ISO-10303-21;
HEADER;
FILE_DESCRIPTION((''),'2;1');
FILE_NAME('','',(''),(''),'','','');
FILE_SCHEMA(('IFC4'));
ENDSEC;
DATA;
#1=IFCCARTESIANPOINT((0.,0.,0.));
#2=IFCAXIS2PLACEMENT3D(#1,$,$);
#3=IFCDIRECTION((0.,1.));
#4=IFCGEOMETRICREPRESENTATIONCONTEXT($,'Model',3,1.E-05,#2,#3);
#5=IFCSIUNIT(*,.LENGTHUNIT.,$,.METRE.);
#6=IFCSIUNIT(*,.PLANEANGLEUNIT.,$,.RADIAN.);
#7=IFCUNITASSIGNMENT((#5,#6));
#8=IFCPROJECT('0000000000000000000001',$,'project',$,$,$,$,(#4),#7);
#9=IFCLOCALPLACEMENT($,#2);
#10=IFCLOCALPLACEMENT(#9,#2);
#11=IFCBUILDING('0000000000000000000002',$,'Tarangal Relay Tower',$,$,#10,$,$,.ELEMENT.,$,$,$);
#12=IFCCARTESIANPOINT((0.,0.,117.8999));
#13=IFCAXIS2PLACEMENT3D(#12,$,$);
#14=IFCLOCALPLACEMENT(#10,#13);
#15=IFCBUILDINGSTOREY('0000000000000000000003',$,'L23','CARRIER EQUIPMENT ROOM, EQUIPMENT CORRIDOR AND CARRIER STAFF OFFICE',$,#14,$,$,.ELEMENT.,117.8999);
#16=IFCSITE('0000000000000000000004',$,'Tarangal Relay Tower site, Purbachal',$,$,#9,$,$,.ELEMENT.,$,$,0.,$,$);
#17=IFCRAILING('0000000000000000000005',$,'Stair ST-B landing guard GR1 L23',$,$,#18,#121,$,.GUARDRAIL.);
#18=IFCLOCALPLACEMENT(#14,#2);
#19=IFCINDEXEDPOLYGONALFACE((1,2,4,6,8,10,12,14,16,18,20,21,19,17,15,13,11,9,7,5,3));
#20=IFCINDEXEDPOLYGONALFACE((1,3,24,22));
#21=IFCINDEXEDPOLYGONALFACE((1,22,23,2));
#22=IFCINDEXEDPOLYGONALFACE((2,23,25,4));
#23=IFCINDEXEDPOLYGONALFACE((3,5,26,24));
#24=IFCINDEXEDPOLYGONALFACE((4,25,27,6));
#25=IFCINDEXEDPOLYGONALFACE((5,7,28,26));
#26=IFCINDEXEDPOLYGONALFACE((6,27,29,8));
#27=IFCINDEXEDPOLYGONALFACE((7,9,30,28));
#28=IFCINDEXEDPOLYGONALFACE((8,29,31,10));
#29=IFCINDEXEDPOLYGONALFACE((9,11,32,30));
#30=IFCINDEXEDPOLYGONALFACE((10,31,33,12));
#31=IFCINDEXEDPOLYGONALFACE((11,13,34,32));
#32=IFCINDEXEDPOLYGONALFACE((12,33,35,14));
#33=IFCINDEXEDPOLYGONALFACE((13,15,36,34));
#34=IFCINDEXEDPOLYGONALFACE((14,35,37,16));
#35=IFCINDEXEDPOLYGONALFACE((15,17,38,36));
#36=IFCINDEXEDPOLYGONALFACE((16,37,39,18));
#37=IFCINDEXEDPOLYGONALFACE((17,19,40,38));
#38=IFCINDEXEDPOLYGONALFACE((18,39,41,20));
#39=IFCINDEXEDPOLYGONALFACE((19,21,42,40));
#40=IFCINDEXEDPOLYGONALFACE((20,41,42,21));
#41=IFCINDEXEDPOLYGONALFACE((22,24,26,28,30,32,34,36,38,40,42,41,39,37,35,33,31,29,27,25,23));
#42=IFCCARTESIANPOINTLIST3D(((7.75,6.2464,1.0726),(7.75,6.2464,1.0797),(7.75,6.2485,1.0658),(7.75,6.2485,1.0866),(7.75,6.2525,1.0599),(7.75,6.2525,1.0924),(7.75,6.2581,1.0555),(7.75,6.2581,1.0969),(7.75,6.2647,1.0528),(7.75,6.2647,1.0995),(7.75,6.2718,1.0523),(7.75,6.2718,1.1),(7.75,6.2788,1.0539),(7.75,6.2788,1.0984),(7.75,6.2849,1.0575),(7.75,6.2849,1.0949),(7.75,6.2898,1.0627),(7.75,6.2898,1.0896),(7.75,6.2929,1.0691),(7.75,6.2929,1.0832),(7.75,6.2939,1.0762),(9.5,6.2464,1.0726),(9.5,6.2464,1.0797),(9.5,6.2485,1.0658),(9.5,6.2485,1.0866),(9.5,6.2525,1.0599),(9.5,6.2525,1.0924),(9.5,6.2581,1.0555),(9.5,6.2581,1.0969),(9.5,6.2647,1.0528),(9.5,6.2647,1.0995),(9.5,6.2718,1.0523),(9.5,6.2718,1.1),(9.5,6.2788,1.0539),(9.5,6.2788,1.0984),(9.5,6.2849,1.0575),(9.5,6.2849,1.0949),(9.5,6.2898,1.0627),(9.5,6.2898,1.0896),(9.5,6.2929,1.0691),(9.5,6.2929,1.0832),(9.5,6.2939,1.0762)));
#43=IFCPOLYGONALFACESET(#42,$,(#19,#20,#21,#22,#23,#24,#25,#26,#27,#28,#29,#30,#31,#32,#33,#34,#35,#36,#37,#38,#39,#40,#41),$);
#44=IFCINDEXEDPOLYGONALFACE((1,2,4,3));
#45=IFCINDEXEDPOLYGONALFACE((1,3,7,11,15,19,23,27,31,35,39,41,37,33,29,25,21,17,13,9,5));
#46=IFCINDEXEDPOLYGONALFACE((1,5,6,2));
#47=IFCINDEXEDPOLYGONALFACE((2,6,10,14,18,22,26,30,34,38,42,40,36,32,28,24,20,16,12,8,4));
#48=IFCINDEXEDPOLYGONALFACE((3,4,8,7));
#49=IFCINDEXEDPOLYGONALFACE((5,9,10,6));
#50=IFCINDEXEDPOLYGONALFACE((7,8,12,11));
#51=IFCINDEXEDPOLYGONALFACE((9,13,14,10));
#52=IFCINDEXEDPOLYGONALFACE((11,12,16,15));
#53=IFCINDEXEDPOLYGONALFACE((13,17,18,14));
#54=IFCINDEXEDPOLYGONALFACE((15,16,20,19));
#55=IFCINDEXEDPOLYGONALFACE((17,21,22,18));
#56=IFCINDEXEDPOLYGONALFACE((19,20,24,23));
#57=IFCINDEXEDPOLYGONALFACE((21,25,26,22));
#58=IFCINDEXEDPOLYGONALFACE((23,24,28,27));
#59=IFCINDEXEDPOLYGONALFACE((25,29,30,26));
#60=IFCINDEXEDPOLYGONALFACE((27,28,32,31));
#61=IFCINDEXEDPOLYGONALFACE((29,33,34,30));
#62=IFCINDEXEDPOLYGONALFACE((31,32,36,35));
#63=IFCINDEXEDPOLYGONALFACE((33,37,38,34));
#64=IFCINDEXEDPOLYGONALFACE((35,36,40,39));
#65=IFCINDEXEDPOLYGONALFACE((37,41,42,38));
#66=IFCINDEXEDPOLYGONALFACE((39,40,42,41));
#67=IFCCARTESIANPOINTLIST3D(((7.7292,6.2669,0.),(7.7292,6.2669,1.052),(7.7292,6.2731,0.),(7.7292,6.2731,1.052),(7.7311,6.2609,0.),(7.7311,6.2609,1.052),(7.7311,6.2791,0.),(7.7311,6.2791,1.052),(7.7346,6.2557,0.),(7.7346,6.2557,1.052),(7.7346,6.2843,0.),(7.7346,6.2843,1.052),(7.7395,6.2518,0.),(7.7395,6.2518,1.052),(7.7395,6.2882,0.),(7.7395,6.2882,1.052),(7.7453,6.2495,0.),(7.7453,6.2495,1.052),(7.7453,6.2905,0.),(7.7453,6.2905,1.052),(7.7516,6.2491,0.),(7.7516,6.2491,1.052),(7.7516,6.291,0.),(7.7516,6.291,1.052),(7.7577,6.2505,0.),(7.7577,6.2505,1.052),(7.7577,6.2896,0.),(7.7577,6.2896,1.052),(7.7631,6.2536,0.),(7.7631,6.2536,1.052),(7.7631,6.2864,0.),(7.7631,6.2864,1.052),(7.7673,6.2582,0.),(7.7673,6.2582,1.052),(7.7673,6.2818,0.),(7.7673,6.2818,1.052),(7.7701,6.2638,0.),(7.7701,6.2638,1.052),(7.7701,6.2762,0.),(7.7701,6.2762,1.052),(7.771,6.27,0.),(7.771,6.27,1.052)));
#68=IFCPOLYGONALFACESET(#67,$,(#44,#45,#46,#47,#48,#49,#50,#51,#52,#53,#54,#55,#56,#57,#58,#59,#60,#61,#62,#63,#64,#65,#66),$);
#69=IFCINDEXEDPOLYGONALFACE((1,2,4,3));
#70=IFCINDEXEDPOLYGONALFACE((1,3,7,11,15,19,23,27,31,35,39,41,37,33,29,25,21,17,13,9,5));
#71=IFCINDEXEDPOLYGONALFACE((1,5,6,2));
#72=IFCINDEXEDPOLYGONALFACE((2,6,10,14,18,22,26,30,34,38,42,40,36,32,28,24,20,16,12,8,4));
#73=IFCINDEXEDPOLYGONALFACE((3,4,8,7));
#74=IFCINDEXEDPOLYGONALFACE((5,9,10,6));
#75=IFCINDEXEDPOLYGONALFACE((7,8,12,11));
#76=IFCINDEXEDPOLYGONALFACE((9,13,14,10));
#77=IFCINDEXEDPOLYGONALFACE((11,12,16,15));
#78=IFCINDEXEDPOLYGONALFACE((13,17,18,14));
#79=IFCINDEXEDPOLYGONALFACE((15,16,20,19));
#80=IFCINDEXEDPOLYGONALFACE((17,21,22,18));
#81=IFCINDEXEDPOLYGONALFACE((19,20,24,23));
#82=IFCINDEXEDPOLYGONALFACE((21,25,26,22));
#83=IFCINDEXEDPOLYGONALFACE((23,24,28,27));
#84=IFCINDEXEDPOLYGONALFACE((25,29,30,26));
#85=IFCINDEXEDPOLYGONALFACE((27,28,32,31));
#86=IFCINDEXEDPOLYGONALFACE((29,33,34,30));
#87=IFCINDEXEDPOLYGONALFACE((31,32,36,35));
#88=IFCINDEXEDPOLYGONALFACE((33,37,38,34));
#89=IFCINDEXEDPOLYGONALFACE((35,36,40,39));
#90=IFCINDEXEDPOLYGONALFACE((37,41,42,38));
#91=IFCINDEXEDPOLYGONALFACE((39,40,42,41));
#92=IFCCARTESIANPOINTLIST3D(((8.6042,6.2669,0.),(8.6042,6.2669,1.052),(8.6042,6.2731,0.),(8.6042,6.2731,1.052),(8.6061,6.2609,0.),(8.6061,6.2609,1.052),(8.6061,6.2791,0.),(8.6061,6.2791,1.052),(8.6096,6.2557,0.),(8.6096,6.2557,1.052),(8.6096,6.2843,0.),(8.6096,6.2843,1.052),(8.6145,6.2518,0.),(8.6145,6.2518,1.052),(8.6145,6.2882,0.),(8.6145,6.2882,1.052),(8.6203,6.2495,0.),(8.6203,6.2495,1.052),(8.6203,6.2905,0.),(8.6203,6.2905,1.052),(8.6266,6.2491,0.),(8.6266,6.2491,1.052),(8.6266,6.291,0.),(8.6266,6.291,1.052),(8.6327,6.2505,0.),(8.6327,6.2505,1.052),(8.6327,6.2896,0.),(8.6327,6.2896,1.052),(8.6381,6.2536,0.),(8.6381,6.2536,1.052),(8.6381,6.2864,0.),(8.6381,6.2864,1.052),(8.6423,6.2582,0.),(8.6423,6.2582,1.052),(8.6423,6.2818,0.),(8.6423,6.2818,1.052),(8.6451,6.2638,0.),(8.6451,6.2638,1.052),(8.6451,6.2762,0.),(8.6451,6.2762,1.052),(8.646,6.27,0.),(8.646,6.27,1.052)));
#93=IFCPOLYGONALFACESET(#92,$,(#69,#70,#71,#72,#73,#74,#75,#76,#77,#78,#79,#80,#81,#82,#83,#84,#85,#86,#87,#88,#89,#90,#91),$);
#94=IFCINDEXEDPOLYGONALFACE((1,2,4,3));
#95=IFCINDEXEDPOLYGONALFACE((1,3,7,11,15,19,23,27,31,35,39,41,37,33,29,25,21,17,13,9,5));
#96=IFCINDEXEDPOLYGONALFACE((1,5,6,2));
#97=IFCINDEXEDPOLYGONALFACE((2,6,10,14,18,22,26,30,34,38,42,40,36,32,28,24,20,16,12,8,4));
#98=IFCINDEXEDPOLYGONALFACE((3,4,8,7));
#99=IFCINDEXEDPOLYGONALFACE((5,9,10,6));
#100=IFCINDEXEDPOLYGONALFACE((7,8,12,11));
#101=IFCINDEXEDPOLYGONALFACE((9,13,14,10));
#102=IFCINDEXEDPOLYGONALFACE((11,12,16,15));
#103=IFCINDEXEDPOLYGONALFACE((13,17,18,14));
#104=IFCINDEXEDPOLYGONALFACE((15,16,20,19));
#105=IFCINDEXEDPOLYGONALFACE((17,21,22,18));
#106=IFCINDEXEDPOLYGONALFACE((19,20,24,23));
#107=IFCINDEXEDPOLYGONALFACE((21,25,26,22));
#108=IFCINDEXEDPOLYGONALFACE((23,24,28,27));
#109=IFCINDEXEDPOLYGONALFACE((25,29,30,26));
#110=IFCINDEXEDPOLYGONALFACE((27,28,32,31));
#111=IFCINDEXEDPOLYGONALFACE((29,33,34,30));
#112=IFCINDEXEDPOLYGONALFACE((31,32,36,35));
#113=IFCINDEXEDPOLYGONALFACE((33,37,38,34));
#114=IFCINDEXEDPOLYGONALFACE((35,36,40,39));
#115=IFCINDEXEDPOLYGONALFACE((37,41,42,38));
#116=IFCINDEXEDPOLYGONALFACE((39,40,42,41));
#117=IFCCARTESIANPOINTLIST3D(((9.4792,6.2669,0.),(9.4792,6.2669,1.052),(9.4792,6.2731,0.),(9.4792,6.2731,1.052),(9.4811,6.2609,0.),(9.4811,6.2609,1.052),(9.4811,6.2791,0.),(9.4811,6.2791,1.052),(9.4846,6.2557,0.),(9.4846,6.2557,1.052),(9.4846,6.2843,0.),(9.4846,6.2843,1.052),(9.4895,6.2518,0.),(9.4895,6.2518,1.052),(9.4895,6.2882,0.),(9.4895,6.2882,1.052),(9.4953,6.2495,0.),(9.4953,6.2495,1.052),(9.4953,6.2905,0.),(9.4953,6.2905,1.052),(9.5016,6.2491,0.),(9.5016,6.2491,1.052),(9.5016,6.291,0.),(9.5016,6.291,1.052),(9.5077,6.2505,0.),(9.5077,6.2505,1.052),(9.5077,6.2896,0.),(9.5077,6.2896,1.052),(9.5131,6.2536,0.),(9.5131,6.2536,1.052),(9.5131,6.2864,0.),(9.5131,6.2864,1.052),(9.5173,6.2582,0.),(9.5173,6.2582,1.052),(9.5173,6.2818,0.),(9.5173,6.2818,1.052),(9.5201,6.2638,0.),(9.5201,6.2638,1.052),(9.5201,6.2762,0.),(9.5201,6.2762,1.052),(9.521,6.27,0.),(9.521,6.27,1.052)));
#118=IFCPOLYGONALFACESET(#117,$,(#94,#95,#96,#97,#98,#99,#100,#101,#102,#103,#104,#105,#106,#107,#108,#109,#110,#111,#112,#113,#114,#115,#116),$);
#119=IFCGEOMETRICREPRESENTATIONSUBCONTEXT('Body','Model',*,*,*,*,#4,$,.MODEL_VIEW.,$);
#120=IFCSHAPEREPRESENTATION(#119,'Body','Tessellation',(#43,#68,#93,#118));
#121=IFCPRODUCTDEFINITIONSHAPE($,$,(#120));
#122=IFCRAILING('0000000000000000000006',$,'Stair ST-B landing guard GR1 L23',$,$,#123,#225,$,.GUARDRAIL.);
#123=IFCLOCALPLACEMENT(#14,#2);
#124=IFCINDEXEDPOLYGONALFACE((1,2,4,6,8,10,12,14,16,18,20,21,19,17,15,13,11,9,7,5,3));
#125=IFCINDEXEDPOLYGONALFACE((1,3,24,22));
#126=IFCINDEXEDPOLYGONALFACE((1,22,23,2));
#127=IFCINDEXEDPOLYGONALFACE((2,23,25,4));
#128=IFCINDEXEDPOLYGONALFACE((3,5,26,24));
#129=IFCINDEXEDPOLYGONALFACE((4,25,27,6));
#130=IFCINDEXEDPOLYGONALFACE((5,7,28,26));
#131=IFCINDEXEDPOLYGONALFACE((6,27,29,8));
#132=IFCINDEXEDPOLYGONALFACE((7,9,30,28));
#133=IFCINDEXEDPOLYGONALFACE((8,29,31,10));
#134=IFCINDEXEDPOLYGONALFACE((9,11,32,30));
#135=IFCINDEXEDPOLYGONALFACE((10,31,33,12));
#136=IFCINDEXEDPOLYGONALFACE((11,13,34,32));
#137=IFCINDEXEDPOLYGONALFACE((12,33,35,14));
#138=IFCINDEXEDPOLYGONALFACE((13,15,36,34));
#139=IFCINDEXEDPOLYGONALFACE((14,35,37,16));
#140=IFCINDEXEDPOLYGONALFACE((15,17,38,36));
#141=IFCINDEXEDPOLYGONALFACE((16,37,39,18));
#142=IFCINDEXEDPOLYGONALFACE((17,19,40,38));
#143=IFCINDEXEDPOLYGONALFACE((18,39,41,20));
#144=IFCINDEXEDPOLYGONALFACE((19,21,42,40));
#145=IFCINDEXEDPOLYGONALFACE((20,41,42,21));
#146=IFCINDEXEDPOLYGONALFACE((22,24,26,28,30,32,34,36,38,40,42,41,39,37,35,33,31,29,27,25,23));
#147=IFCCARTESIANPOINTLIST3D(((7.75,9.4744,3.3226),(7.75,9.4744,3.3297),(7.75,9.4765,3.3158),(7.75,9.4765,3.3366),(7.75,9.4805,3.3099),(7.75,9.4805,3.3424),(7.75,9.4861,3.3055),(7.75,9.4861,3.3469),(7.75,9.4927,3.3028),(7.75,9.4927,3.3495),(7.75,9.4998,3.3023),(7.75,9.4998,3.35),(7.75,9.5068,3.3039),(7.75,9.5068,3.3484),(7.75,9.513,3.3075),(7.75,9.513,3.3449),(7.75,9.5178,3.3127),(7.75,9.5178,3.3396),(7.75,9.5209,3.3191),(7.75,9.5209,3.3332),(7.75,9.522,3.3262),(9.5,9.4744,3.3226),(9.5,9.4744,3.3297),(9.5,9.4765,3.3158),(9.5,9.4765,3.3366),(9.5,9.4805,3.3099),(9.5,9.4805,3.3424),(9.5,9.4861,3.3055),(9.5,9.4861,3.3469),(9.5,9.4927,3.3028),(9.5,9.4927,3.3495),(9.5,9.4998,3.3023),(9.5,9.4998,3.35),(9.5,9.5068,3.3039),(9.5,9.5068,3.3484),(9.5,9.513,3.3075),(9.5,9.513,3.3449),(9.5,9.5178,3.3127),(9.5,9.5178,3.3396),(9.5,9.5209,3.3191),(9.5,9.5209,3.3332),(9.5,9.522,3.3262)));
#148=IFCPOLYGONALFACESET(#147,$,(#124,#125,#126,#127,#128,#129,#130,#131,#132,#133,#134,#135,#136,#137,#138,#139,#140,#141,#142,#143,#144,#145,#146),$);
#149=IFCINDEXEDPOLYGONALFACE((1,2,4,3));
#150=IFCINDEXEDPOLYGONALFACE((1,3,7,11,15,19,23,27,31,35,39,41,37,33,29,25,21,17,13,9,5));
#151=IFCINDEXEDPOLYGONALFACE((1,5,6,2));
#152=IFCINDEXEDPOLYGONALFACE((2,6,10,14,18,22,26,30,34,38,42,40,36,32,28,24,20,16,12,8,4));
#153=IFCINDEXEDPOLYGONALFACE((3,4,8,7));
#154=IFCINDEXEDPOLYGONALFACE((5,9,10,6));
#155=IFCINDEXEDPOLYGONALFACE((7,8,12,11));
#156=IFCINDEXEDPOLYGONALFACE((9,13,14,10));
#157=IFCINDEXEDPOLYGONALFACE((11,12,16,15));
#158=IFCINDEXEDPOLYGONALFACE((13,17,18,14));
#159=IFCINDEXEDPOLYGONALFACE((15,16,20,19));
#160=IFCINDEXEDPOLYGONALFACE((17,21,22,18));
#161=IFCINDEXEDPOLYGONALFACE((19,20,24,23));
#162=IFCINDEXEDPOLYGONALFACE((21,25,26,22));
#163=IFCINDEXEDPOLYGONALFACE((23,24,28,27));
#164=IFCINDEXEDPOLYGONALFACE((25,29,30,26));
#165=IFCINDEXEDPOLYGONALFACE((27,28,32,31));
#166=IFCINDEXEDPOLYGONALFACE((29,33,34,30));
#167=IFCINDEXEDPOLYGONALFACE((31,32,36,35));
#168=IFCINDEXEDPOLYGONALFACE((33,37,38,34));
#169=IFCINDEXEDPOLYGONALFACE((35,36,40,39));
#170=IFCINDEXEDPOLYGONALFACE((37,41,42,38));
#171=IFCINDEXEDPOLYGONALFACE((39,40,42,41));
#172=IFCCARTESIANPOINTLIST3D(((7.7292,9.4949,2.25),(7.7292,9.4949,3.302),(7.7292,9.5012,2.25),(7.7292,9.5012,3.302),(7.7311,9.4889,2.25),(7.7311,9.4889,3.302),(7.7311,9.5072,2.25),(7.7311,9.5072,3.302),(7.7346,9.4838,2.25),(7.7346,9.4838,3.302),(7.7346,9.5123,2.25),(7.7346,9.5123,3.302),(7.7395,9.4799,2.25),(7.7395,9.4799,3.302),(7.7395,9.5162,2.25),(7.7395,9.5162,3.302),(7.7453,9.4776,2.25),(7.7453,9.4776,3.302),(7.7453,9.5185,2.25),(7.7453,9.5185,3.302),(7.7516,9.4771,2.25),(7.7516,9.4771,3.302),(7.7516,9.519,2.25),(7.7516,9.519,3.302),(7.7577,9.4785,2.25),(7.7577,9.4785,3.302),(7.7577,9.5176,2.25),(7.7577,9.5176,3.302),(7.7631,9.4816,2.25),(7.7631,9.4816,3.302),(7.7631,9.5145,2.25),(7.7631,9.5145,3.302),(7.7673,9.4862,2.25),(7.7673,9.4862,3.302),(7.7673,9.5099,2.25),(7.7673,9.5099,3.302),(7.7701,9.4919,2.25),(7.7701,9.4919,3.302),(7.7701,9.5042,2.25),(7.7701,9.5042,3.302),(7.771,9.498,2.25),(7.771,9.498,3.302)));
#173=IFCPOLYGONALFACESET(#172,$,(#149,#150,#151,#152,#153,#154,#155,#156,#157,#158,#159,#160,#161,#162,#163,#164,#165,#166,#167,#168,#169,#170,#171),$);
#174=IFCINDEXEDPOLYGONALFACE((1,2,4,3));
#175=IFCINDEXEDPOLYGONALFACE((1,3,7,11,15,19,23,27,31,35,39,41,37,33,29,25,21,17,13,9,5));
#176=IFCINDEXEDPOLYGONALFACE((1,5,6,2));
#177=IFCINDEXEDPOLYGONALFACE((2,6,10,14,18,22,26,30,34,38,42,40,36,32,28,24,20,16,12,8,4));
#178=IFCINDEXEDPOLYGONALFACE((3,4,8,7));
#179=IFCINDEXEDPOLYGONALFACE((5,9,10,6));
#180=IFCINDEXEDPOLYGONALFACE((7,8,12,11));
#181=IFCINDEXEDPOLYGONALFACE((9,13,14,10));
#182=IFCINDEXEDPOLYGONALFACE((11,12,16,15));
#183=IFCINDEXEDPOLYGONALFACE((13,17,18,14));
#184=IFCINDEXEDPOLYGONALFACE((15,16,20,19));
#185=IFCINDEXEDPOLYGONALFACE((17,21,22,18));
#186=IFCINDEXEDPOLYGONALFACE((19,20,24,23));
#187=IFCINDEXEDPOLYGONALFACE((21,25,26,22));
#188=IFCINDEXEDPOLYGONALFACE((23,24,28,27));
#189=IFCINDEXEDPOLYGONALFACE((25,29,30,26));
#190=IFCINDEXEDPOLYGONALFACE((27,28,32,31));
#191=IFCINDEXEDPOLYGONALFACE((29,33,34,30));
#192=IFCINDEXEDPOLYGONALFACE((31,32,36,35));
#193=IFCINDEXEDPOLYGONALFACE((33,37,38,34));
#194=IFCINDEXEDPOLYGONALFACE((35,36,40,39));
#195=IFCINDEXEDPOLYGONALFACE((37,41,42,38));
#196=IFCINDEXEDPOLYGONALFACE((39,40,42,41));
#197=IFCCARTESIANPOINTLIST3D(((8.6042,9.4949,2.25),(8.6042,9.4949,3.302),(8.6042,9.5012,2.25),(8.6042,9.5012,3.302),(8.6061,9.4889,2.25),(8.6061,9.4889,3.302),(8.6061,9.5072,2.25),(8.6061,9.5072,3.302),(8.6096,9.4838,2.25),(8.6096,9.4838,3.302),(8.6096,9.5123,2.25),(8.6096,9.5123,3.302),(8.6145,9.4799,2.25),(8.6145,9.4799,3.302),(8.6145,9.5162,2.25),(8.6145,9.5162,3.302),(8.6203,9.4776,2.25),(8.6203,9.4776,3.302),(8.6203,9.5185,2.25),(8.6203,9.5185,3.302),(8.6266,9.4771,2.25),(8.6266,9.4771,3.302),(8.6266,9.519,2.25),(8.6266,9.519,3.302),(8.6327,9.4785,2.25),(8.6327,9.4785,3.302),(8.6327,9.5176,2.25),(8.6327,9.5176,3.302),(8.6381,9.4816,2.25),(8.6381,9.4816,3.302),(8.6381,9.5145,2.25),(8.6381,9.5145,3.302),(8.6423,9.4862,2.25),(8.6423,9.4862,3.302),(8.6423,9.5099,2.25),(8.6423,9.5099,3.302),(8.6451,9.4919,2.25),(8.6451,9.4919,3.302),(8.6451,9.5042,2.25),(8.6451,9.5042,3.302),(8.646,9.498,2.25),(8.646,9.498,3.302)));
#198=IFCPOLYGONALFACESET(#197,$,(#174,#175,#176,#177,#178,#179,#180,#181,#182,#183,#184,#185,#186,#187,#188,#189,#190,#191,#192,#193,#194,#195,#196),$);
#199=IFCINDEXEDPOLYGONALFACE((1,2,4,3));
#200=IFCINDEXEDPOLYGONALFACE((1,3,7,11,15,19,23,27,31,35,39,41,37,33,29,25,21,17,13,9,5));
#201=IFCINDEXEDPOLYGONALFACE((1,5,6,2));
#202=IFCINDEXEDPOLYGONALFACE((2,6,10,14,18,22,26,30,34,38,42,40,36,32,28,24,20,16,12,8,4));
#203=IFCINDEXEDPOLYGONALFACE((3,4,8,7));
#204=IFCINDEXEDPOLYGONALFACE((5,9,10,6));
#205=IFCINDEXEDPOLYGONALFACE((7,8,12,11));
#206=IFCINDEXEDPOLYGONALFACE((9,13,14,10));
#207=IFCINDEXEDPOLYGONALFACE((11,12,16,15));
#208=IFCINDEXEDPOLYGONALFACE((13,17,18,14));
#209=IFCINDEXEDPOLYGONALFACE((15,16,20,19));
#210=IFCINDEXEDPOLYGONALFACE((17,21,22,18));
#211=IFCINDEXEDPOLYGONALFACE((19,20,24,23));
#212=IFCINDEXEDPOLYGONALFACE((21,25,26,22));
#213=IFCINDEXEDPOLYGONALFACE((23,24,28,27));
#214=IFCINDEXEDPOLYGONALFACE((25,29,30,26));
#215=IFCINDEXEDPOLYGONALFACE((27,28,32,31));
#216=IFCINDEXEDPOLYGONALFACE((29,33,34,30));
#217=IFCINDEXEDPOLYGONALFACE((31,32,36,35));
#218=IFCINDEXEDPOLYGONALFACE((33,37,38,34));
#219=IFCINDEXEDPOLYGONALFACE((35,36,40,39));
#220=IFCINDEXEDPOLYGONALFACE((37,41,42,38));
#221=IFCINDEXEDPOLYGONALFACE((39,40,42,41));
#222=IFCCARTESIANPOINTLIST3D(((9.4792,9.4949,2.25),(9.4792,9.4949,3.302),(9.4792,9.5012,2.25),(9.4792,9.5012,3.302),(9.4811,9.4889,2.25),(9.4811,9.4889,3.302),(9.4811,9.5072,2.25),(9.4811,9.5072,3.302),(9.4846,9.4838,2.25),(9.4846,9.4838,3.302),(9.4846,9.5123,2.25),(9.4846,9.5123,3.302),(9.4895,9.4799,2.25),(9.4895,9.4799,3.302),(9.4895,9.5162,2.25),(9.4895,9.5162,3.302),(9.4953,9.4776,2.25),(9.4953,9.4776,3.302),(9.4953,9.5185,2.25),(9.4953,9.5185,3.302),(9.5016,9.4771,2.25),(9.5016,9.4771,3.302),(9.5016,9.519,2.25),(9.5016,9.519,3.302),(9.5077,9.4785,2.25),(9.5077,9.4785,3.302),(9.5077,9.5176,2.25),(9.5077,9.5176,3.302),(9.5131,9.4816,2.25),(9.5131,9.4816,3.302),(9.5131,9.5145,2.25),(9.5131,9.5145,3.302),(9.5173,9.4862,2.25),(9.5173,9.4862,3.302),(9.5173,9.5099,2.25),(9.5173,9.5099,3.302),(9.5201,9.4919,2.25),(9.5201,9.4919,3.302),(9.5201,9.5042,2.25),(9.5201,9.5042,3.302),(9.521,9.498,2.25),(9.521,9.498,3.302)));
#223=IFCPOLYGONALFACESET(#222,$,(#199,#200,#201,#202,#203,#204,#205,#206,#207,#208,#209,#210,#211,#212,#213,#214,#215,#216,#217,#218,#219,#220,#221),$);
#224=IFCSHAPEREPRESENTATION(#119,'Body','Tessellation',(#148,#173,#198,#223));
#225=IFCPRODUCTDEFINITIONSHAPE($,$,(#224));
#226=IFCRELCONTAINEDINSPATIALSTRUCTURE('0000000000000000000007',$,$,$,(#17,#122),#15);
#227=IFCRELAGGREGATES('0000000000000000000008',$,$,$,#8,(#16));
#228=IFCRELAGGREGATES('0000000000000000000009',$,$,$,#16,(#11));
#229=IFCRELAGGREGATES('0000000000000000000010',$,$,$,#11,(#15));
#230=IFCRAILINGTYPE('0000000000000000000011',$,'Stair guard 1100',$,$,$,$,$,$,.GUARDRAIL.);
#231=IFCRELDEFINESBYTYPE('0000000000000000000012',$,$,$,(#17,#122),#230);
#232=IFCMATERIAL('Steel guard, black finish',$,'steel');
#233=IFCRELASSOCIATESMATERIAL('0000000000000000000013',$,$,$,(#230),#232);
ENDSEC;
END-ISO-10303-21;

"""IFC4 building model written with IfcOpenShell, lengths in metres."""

from ifc_helpers import new_model, si_unit, direction, frame, origin, origin_2d, place, context, subcontext, project, spatial, circle, extrude, material, type_object, element, save


model = new_model("IFC4")

# Units and contexts
model_context = context("Model", 3, precision=1e-05, world=origin(), true_north=direction((0.0, 1.0)))
body_context = subcontext(model_context, "Body", "Model", "MODEL_VIEW")
ifc_project = project(units=[si_unit("LENGTHUNIT", "METRE"), si_unit("PLANEANGLEUNIT", "RADIAN")], contexts=[model_context])

# Site, building, storey
site_placement = place(None, origin())
site = spatial("IfcSite", under=ifc_project, at=site_placement, Name="Tarangal Relay Tower site, Purbachal", CompositionType="ELEMENT", RefElevation=0.0)
building_placement = place(site_placement, origin())
building = spatial("IfcBuilding", under=site, at=building_placement, Name="Tarangal Relay Tower", CompositionType="ELEMENT")
storey_placement = place(building_placement, frame((0.0, 0.0, 117.8999)))
storey = spatial("IfcBuildingStorey", under=building, at=storey_placement, Name="L23", Description="CARRIER EQUIPMENT ROOM, EQUIPMENT CORRIDOR AND CARRIER STAFF OFFICE", CompositionType="ELEMENT", Elevation=117.8999)

# Railings
ifc_material_1 = material(Name="Steel guard, black finish", Category="steel")
railing_type_1 = type_object("IfcRailingType", Name="Stair guard 1100", PredefinedType="GUARDRAIL", material=ifc_material_1)
for number, where, name in (
    (1, (7.75, 6.27, 0.0), "Stair ST-B landing guard GR1 L23"),
    (2, (7.75, 9.498, 2.25), "Stair ST-B landing guard GR1 L23"),
):
    element("IfcRailing", number, at=place(storey_placement, frame(where)), inside=storey, type_object=railing_type_1, Name=name, PredefinedType="GUARDRAIL", context=body_context, shape_type="SweptSolid", body=[
        extrude(circle(Radius=0.0239, at=origin_2d()), frame((0.0, 0.0, 1.0762), z_axis=(1.0, 0.0, 0.0), x_axis=(0.0, 1.0, 0.0)), (0.0, 0.0, 1.0), 1.75),
        extrude(circle(Radius=0.021, at=origin_2d()), origin(), (0.0, 0.0, 1.0), 1.052),
        extrude(circle(Radius=0.021, at=origin_2d()), frame((0.875, 0.0, 0.0)), (0.0, 0.0, 1.0), 1.052),
        extrude(circle(Radius=0.021, at=origin_2d()), frame((1.75, 0.0, 0.0)), (0.0, 0.0, 1.0), 1.052),
    ])

save(model, "model.ifc")
